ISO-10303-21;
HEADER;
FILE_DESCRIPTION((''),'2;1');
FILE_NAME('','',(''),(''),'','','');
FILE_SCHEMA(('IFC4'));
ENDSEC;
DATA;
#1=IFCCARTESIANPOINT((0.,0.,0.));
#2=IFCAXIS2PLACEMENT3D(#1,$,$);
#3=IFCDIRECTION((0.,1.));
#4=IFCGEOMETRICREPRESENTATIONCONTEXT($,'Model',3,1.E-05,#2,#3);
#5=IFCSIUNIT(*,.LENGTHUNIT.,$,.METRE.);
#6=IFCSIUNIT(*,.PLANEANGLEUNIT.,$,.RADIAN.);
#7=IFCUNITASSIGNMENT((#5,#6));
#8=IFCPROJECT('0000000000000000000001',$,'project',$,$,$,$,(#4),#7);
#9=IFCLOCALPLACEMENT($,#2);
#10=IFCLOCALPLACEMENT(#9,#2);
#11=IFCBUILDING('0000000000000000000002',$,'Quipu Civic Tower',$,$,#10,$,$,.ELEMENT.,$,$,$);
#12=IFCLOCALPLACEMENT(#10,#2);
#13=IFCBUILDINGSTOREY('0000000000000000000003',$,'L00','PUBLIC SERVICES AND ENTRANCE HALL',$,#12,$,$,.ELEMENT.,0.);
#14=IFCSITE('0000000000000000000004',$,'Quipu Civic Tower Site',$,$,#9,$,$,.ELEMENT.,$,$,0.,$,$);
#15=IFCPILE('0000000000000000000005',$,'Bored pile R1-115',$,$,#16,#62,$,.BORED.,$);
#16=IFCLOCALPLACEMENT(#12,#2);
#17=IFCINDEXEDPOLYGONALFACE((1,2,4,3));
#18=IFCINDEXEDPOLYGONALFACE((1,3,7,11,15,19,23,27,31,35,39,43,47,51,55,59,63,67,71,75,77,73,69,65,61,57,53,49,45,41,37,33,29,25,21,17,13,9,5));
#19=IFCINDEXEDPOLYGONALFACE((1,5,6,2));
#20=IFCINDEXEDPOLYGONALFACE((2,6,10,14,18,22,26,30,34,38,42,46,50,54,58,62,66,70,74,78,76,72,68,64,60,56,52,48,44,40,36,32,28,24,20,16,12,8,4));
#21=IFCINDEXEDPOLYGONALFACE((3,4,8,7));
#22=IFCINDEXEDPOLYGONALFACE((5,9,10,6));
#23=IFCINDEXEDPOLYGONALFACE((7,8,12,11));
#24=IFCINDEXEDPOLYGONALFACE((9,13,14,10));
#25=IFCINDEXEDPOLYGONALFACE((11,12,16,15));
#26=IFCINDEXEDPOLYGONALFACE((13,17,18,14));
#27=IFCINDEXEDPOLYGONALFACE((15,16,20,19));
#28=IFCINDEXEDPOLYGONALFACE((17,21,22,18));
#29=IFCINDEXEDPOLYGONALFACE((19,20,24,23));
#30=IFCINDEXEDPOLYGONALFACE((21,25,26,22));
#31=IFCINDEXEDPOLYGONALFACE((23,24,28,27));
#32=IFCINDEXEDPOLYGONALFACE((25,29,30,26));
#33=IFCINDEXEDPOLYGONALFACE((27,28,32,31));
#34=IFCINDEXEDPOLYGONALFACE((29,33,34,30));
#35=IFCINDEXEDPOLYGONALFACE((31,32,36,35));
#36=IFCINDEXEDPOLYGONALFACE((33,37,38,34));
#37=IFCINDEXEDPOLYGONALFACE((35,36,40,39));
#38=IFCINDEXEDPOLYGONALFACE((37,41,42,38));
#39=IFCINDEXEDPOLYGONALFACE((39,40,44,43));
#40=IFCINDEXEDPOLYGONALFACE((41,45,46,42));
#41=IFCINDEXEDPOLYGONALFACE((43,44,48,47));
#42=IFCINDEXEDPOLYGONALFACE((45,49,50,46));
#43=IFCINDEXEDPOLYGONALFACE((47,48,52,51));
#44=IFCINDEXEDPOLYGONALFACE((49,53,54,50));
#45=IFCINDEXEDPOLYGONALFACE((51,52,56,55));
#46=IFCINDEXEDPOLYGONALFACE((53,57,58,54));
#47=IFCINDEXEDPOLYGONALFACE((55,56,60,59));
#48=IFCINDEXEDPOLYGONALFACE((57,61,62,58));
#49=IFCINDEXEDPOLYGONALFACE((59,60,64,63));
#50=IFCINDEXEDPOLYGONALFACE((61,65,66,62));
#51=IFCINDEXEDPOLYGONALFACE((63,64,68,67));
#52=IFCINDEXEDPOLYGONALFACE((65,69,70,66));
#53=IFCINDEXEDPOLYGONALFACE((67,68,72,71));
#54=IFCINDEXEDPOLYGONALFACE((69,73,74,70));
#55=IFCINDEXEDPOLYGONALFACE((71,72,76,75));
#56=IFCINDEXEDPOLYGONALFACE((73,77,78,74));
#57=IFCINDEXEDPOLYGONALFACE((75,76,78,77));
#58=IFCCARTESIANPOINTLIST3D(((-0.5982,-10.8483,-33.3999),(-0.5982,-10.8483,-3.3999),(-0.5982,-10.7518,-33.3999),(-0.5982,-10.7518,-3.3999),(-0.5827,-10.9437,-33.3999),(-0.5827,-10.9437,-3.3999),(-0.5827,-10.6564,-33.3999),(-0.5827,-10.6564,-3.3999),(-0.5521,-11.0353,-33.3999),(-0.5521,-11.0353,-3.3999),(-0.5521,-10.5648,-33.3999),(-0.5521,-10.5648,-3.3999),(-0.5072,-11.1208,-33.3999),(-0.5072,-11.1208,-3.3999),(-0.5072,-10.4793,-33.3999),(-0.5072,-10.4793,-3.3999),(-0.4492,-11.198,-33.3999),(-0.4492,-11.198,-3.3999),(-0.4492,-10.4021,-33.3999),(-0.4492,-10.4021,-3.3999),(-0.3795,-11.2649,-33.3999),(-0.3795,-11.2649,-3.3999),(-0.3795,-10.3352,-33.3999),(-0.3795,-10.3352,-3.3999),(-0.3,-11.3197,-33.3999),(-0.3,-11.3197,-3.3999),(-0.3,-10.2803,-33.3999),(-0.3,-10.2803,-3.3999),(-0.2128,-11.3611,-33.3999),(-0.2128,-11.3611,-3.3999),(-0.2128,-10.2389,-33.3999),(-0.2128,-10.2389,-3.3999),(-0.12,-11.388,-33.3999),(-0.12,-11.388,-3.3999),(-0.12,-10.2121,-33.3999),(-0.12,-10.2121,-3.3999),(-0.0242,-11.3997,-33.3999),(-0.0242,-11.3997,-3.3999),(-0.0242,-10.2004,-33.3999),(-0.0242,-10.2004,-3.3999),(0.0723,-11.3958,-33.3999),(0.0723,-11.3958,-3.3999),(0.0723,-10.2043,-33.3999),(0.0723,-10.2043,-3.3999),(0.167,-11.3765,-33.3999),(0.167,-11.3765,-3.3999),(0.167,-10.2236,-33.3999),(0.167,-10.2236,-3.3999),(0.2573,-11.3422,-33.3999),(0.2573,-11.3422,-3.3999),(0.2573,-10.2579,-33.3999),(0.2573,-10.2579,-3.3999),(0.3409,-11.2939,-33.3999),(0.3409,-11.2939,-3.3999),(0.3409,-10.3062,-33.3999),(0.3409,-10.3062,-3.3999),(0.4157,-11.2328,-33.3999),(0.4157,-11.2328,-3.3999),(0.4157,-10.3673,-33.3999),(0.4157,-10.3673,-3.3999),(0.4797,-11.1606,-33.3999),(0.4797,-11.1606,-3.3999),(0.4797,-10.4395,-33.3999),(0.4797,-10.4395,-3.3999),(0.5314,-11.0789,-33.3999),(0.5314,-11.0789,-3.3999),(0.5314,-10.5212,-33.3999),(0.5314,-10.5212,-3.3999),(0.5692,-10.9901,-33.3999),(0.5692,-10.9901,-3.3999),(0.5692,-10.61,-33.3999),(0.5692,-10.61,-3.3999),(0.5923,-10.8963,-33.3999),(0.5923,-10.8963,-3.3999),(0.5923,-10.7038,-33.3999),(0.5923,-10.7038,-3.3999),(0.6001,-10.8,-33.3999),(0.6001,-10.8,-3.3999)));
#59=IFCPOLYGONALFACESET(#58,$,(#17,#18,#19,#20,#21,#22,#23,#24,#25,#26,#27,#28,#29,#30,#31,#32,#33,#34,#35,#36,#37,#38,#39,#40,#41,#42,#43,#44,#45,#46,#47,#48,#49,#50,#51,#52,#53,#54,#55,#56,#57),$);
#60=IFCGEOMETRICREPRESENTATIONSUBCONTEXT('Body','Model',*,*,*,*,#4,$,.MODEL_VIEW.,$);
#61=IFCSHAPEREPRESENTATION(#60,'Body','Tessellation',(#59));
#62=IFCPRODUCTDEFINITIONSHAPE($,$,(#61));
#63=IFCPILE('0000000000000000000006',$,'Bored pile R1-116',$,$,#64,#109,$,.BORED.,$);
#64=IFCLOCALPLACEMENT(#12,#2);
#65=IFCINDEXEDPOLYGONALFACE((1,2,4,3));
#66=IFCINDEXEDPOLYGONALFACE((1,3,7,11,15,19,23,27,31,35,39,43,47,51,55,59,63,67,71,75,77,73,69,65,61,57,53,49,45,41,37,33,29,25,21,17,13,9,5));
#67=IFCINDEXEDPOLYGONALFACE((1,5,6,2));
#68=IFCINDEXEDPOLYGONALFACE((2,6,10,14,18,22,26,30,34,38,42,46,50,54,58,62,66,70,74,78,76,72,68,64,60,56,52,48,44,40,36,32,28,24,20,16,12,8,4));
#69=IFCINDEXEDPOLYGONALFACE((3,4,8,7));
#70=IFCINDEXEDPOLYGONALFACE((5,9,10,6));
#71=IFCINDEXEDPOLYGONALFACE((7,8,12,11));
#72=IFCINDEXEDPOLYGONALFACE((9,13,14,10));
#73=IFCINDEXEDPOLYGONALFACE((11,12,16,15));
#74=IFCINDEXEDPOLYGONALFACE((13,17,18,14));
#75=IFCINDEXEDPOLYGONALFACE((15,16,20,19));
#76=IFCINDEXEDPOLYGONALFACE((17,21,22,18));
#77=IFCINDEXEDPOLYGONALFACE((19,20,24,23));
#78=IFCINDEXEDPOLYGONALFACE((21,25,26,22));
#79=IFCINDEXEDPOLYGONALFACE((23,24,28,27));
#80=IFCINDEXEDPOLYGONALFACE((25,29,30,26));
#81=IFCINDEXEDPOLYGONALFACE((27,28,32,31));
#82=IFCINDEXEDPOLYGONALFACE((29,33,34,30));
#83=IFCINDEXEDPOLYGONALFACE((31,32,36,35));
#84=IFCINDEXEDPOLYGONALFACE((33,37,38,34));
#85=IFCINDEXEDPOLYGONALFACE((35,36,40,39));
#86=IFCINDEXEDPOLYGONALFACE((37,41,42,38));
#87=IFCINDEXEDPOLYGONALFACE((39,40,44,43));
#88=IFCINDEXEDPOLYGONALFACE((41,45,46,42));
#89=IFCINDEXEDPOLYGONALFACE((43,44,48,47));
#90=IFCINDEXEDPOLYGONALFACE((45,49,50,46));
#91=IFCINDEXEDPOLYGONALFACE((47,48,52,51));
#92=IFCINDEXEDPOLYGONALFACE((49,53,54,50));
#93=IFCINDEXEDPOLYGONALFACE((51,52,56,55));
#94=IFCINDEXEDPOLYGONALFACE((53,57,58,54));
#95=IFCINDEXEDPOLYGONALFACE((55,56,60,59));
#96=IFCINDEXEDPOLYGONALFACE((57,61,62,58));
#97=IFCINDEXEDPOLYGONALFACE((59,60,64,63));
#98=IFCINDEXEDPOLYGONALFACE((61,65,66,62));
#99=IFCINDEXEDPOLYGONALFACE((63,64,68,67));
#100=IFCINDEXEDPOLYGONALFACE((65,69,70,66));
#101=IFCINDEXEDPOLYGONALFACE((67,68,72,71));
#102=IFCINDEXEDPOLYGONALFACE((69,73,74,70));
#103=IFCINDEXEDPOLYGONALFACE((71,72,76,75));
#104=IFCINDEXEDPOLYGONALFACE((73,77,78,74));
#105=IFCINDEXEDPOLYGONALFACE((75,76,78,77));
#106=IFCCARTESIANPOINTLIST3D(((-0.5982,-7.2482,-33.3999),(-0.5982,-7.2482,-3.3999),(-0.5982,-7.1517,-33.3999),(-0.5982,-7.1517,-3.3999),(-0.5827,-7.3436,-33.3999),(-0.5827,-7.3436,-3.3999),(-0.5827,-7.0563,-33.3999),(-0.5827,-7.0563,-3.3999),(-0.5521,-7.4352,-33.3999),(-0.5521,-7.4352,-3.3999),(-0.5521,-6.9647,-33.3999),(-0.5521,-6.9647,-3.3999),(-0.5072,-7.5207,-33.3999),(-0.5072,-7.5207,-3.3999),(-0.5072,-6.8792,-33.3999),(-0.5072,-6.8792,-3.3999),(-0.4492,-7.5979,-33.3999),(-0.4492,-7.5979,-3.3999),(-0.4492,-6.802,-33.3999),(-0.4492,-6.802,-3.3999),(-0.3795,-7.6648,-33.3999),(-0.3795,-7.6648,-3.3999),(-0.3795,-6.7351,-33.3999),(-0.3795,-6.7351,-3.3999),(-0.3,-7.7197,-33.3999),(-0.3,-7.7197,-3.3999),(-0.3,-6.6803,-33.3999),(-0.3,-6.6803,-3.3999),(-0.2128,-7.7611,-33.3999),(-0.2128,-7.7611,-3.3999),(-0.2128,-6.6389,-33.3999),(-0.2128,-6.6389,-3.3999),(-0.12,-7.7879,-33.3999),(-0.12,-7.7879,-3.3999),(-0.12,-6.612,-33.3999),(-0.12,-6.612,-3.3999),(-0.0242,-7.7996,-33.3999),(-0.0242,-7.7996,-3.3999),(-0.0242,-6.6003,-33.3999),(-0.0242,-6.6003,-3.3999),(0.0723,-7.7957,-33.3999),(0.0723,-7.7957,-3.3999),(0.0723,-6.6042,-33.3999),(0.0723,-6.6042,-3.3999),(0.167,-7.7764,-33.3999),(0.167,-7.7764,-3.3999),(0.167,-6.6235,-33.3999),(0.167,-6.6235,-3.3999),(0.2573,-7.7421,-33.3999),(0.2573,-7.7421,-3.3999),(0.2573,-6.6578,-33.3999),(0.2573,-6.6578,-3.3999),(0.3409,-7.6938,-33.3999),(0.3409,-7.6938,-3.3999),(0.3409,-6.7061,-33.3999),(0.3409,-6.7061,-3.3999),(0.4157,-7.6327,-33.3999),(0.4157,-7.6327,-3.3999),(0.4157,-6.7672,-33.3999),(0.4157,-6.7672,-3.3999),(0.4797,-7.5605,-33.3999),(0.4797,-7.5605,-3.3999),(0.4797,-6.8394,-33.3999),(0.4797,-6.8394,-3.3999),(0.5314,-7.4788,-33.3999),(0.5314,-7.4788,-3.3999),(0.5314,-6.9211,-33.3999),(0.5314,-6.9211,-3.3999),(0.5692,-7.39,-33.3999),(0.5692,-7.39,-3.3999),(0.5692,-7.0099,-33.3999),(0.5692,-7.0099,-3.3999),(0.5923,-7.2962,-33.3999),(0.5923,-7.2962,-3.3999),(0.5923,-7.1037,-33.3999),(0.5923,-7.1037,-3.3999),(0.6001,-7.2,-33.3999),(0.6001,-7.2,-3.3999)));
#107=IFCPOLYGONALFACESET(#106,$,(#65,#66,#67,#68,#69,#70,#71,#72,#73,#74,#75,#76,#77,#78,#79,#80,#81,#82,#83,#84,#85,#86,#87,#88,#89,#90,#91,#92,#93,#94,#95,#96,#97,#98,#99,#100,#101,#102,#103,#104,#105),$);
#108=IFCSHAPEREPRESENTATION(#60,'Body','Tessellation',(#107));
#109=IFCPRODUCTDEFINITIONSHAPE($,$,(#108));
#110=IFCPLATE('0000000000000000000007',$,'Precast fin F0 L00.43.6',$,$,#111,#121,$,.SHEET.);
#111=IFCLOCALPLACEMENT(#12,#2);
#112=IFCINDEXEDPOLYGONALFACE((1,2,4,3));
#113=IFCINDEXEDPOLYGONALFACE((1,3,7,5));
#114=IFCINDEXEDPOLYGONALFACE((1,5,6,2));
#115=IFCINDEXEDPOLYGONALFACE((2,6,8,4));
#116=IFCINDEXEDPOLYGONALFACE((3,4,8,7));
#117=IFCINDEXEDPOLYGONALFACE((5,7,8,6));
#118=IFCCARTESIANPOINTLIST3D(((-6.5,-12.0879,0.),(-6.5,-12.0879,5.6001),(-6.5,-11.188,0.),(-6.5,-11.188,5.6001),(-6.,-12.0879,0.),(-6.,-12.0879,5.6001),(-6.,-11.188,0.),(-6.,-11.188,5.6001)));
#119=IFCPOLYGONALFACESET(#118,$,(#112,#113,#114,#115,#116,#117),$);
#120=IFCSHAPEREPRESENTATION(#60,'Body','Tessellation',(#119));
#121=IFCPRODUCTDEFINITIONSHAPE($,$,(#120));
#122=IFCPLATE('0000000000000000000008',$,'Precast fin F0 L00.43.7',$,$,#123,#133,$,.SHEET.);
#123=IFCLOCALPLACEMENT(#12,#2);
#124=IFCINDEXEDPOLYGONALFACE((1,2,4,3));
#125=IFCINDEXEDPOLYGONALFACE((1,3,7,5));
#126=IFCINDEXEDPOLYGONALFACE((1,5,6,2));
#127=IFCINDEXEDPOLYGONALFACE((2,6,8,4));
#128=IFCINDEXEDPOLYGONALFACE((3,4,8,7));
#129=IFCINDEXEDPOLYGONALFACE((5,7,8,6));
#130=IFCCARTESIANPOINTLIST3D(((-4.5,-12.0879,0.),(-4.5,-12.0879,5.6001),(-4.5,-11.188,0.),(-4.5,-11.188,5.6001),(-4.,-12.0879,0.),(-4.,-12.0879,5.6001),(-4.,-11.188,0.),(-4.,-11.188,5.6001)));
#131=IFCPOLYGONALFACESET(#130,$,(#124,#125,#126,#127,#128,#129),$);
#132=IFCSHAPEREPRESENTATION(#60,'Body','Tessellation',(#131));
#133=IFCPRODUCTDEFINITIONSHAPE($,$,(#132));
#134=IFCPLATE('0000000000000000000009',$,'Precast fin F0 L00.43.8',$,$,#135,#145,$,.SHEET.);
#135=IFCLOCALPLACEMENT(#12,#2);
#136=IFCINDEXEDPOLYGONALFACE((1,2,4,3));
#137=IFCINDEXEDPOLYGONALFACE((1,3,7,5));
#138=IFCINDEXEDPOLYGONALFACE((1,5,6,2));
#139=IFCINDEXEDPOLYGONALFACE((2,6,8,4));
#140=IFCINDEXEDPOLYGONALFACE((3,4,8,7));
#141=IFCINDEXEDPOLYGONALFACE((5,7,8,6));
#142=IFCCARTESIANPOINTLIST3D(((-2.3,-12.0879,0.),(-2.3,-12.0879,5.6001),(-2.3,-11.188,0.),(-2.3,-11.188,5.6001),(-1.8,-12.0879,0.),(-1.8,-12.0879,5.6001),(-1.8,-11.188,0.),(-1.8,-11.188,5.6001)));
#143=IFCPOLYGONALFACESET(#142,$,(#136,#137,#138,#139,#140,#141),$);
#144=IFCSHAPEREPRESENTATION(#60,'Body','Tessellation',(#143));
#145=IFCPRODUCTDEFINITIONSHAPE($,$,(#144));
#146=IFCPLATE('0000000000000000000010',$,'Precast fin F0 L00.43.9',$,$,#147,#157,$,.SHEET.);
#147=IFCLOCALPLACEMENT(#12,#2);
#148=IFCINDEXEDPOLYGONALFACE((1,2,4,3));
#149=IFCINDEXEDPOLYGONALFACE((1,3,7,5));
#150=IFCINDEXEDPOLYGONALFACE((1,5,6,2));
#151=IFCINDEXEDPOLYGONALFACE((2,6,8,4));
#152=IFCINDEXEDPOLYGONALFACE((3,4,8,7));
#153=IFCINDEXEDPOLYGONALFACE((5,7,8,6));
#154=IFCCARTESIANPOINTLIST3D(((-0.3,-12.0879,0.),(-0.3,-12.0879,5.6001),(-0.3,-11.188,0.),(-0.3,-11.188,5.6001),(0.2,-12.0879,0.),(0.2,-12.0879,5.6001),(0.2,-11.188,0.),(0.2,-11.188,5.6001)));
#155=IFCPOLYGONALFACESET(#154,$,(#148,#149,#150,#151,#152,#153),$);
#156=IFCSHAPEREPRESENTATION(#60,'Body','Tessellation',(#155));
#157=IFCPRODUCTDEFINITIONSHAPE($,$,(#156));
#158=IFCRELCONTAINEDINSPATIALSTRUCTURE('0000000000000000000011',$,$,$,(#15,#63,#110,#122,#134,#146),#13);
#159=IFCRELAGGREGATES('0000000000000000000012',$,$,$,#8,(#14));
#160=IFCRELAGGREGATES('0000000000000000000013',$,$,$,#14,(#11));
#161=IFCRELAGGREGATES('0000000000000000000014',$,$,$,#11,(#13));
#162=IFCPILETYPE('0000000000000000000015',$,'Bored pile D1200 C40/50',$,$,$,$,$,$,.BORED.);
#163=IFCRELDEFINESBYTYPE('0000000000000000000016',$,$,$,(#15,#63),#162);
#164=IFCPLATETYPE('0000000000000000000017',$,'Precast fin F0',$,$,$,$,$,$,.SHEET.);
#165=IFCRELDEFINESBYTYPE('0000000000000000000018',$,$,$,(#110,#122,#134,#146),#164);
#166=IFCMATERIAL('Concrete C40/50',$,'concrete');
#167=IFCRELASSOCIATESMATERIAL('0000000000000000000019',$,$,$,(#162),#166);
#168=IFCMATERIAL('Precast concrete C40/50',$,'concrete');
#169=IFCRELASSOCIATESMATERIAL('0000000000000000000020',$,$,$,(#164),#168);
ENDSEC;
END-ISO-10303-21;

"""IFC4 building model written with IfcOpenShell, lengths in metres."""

from ifc_helpers import new_model, si_unit, direction, frame, origin, origin_2d, place, context, subcontext, project, spatial, rectangle, circle, extrude, material, material_profile, profile_set, type_object, element, save


model = new_model("IFC4")

# Units and contexts
model_context = context("Model", 3, precision=1e-05, world=origin(), true_north=direction((0.0, 1.0)))
body_context = subcontext(model_context, "Body", "Model", "MODEL_VIEW")
ifc_project = project(units=[si_unit("LENGTHUNIT", "METRE"), si_unit("PLANEANGLEUNIT", "RADIAN")], contexts=[model_context])

# Site, building, storey
site_placement = place(None, origin())
site = spatial("IfcSite", under=ifc_project, at=site_placement, Name="Quipu Civic Tower Site", CompositionType="ELEMENT", RefElevation=0.0)
building_placement = place(site_placement, origin())
building = spatial("IfcBuilding", under=site, at=building_placement, Name="Quipu Civic Tower", CompositionType="ELEMENT")
storey_placement = place(building_placement, origin())
storey = spatial("IfcBuildingStorey", under=building, at=storey_placement, Name="L00", Description="PUBLIC SERVICES AND ENTRANCE HALL", CompositionType="ELEMENT", Elevation=0.0)

# Piles
ifc_material_1 = material(Name="Concrete C40/50", Category="concrete")
ifc_material_profile = material_profile(ifc_material_1, circle(Radius=0.6001, at=origin_2d()), Name="RCD1200")
ifc_profile_set = profile_set([ifc_material_profile], Name="Concrete C40/50")
pile_type = type_object("IfcPileType", Name="Bored pile D1200 C40/50", PredefinedType="BORED", material=ifc_profile_set)
for number, where, z_axis, x_axis, name in (
    (1, (0.0, -10.8, -3.3999), (0.0, 0.0, -1.0), (1.0, 0.0, 0.0), "Bored pile R1-115"),
    (2, (0.0, -7.2, -3.3999), (0.0, 0.0, -1.0), (1.0, 0.0, 0.0), "Bored pile R1-116"),
):
    element("IfcPile", number, at=place(storey_placement, frame(where, z_axis=z_axis, x_axis=x_axis)), inside=storey, type_object=pile_type, Name=name, PredefinedType="BORED", context=body_context, shape_type="SweptSolid", body=[
        extrude(circle(Radius=0.6001, at=origin_2d()), origin(), (0.0, 0.0, 1.0), 30.0),
    ])

# Plates
ifc_material_2 = material(Name="Precast concrete C40/50", Category="concrete")
plate_type = type_object("IfcPlateType", Name="Precast fin F0", PredefinedType="SHEET", material=ifc_material_2)
for number, where, z_axis, x_axis, name in (
    (3, (-6.25, -11.6379, 0.0), (0.0, 0.0, 1.0), (1.0, 0.0, 0.0), "Precast fin F0 L00.43.6"),
    (4, (-4.25, -11.6379, 0.0), (0.0, 0.0, 1.0), (1.0, 0.0, 0.0), "Precast fin F0 L00.43.7"),
    (5, (-2.05, -11.6379, 0.0), (0.0, 0.0, 1.0), (1.0, 0.0, 0.0), "Precast fin F0 L00.43.8"),
    (6, (-0.05, -11.6379, 0.0), (0.0, 0.0, 1.0), (1.0, 0.0, 0.0), "Precast fin F0 L00.43.9"),
):
    element("IfcPlate", number, at=place(storey_placement, frame(where, z_axis=z_axis, x_axis=x_axis)), inside=storey, type_object=plate_type, Name=name, PredefinedType="SHEET", context=body_context, shape_type="SweptSolid", body=[
        extrude(rectangle(XDim=0.5, YDim=0.8999, at=origin_2d()), origin(), (0.0, 0.0, 1.0), 5.6001),
    ])

save(model, "model.ifc")
